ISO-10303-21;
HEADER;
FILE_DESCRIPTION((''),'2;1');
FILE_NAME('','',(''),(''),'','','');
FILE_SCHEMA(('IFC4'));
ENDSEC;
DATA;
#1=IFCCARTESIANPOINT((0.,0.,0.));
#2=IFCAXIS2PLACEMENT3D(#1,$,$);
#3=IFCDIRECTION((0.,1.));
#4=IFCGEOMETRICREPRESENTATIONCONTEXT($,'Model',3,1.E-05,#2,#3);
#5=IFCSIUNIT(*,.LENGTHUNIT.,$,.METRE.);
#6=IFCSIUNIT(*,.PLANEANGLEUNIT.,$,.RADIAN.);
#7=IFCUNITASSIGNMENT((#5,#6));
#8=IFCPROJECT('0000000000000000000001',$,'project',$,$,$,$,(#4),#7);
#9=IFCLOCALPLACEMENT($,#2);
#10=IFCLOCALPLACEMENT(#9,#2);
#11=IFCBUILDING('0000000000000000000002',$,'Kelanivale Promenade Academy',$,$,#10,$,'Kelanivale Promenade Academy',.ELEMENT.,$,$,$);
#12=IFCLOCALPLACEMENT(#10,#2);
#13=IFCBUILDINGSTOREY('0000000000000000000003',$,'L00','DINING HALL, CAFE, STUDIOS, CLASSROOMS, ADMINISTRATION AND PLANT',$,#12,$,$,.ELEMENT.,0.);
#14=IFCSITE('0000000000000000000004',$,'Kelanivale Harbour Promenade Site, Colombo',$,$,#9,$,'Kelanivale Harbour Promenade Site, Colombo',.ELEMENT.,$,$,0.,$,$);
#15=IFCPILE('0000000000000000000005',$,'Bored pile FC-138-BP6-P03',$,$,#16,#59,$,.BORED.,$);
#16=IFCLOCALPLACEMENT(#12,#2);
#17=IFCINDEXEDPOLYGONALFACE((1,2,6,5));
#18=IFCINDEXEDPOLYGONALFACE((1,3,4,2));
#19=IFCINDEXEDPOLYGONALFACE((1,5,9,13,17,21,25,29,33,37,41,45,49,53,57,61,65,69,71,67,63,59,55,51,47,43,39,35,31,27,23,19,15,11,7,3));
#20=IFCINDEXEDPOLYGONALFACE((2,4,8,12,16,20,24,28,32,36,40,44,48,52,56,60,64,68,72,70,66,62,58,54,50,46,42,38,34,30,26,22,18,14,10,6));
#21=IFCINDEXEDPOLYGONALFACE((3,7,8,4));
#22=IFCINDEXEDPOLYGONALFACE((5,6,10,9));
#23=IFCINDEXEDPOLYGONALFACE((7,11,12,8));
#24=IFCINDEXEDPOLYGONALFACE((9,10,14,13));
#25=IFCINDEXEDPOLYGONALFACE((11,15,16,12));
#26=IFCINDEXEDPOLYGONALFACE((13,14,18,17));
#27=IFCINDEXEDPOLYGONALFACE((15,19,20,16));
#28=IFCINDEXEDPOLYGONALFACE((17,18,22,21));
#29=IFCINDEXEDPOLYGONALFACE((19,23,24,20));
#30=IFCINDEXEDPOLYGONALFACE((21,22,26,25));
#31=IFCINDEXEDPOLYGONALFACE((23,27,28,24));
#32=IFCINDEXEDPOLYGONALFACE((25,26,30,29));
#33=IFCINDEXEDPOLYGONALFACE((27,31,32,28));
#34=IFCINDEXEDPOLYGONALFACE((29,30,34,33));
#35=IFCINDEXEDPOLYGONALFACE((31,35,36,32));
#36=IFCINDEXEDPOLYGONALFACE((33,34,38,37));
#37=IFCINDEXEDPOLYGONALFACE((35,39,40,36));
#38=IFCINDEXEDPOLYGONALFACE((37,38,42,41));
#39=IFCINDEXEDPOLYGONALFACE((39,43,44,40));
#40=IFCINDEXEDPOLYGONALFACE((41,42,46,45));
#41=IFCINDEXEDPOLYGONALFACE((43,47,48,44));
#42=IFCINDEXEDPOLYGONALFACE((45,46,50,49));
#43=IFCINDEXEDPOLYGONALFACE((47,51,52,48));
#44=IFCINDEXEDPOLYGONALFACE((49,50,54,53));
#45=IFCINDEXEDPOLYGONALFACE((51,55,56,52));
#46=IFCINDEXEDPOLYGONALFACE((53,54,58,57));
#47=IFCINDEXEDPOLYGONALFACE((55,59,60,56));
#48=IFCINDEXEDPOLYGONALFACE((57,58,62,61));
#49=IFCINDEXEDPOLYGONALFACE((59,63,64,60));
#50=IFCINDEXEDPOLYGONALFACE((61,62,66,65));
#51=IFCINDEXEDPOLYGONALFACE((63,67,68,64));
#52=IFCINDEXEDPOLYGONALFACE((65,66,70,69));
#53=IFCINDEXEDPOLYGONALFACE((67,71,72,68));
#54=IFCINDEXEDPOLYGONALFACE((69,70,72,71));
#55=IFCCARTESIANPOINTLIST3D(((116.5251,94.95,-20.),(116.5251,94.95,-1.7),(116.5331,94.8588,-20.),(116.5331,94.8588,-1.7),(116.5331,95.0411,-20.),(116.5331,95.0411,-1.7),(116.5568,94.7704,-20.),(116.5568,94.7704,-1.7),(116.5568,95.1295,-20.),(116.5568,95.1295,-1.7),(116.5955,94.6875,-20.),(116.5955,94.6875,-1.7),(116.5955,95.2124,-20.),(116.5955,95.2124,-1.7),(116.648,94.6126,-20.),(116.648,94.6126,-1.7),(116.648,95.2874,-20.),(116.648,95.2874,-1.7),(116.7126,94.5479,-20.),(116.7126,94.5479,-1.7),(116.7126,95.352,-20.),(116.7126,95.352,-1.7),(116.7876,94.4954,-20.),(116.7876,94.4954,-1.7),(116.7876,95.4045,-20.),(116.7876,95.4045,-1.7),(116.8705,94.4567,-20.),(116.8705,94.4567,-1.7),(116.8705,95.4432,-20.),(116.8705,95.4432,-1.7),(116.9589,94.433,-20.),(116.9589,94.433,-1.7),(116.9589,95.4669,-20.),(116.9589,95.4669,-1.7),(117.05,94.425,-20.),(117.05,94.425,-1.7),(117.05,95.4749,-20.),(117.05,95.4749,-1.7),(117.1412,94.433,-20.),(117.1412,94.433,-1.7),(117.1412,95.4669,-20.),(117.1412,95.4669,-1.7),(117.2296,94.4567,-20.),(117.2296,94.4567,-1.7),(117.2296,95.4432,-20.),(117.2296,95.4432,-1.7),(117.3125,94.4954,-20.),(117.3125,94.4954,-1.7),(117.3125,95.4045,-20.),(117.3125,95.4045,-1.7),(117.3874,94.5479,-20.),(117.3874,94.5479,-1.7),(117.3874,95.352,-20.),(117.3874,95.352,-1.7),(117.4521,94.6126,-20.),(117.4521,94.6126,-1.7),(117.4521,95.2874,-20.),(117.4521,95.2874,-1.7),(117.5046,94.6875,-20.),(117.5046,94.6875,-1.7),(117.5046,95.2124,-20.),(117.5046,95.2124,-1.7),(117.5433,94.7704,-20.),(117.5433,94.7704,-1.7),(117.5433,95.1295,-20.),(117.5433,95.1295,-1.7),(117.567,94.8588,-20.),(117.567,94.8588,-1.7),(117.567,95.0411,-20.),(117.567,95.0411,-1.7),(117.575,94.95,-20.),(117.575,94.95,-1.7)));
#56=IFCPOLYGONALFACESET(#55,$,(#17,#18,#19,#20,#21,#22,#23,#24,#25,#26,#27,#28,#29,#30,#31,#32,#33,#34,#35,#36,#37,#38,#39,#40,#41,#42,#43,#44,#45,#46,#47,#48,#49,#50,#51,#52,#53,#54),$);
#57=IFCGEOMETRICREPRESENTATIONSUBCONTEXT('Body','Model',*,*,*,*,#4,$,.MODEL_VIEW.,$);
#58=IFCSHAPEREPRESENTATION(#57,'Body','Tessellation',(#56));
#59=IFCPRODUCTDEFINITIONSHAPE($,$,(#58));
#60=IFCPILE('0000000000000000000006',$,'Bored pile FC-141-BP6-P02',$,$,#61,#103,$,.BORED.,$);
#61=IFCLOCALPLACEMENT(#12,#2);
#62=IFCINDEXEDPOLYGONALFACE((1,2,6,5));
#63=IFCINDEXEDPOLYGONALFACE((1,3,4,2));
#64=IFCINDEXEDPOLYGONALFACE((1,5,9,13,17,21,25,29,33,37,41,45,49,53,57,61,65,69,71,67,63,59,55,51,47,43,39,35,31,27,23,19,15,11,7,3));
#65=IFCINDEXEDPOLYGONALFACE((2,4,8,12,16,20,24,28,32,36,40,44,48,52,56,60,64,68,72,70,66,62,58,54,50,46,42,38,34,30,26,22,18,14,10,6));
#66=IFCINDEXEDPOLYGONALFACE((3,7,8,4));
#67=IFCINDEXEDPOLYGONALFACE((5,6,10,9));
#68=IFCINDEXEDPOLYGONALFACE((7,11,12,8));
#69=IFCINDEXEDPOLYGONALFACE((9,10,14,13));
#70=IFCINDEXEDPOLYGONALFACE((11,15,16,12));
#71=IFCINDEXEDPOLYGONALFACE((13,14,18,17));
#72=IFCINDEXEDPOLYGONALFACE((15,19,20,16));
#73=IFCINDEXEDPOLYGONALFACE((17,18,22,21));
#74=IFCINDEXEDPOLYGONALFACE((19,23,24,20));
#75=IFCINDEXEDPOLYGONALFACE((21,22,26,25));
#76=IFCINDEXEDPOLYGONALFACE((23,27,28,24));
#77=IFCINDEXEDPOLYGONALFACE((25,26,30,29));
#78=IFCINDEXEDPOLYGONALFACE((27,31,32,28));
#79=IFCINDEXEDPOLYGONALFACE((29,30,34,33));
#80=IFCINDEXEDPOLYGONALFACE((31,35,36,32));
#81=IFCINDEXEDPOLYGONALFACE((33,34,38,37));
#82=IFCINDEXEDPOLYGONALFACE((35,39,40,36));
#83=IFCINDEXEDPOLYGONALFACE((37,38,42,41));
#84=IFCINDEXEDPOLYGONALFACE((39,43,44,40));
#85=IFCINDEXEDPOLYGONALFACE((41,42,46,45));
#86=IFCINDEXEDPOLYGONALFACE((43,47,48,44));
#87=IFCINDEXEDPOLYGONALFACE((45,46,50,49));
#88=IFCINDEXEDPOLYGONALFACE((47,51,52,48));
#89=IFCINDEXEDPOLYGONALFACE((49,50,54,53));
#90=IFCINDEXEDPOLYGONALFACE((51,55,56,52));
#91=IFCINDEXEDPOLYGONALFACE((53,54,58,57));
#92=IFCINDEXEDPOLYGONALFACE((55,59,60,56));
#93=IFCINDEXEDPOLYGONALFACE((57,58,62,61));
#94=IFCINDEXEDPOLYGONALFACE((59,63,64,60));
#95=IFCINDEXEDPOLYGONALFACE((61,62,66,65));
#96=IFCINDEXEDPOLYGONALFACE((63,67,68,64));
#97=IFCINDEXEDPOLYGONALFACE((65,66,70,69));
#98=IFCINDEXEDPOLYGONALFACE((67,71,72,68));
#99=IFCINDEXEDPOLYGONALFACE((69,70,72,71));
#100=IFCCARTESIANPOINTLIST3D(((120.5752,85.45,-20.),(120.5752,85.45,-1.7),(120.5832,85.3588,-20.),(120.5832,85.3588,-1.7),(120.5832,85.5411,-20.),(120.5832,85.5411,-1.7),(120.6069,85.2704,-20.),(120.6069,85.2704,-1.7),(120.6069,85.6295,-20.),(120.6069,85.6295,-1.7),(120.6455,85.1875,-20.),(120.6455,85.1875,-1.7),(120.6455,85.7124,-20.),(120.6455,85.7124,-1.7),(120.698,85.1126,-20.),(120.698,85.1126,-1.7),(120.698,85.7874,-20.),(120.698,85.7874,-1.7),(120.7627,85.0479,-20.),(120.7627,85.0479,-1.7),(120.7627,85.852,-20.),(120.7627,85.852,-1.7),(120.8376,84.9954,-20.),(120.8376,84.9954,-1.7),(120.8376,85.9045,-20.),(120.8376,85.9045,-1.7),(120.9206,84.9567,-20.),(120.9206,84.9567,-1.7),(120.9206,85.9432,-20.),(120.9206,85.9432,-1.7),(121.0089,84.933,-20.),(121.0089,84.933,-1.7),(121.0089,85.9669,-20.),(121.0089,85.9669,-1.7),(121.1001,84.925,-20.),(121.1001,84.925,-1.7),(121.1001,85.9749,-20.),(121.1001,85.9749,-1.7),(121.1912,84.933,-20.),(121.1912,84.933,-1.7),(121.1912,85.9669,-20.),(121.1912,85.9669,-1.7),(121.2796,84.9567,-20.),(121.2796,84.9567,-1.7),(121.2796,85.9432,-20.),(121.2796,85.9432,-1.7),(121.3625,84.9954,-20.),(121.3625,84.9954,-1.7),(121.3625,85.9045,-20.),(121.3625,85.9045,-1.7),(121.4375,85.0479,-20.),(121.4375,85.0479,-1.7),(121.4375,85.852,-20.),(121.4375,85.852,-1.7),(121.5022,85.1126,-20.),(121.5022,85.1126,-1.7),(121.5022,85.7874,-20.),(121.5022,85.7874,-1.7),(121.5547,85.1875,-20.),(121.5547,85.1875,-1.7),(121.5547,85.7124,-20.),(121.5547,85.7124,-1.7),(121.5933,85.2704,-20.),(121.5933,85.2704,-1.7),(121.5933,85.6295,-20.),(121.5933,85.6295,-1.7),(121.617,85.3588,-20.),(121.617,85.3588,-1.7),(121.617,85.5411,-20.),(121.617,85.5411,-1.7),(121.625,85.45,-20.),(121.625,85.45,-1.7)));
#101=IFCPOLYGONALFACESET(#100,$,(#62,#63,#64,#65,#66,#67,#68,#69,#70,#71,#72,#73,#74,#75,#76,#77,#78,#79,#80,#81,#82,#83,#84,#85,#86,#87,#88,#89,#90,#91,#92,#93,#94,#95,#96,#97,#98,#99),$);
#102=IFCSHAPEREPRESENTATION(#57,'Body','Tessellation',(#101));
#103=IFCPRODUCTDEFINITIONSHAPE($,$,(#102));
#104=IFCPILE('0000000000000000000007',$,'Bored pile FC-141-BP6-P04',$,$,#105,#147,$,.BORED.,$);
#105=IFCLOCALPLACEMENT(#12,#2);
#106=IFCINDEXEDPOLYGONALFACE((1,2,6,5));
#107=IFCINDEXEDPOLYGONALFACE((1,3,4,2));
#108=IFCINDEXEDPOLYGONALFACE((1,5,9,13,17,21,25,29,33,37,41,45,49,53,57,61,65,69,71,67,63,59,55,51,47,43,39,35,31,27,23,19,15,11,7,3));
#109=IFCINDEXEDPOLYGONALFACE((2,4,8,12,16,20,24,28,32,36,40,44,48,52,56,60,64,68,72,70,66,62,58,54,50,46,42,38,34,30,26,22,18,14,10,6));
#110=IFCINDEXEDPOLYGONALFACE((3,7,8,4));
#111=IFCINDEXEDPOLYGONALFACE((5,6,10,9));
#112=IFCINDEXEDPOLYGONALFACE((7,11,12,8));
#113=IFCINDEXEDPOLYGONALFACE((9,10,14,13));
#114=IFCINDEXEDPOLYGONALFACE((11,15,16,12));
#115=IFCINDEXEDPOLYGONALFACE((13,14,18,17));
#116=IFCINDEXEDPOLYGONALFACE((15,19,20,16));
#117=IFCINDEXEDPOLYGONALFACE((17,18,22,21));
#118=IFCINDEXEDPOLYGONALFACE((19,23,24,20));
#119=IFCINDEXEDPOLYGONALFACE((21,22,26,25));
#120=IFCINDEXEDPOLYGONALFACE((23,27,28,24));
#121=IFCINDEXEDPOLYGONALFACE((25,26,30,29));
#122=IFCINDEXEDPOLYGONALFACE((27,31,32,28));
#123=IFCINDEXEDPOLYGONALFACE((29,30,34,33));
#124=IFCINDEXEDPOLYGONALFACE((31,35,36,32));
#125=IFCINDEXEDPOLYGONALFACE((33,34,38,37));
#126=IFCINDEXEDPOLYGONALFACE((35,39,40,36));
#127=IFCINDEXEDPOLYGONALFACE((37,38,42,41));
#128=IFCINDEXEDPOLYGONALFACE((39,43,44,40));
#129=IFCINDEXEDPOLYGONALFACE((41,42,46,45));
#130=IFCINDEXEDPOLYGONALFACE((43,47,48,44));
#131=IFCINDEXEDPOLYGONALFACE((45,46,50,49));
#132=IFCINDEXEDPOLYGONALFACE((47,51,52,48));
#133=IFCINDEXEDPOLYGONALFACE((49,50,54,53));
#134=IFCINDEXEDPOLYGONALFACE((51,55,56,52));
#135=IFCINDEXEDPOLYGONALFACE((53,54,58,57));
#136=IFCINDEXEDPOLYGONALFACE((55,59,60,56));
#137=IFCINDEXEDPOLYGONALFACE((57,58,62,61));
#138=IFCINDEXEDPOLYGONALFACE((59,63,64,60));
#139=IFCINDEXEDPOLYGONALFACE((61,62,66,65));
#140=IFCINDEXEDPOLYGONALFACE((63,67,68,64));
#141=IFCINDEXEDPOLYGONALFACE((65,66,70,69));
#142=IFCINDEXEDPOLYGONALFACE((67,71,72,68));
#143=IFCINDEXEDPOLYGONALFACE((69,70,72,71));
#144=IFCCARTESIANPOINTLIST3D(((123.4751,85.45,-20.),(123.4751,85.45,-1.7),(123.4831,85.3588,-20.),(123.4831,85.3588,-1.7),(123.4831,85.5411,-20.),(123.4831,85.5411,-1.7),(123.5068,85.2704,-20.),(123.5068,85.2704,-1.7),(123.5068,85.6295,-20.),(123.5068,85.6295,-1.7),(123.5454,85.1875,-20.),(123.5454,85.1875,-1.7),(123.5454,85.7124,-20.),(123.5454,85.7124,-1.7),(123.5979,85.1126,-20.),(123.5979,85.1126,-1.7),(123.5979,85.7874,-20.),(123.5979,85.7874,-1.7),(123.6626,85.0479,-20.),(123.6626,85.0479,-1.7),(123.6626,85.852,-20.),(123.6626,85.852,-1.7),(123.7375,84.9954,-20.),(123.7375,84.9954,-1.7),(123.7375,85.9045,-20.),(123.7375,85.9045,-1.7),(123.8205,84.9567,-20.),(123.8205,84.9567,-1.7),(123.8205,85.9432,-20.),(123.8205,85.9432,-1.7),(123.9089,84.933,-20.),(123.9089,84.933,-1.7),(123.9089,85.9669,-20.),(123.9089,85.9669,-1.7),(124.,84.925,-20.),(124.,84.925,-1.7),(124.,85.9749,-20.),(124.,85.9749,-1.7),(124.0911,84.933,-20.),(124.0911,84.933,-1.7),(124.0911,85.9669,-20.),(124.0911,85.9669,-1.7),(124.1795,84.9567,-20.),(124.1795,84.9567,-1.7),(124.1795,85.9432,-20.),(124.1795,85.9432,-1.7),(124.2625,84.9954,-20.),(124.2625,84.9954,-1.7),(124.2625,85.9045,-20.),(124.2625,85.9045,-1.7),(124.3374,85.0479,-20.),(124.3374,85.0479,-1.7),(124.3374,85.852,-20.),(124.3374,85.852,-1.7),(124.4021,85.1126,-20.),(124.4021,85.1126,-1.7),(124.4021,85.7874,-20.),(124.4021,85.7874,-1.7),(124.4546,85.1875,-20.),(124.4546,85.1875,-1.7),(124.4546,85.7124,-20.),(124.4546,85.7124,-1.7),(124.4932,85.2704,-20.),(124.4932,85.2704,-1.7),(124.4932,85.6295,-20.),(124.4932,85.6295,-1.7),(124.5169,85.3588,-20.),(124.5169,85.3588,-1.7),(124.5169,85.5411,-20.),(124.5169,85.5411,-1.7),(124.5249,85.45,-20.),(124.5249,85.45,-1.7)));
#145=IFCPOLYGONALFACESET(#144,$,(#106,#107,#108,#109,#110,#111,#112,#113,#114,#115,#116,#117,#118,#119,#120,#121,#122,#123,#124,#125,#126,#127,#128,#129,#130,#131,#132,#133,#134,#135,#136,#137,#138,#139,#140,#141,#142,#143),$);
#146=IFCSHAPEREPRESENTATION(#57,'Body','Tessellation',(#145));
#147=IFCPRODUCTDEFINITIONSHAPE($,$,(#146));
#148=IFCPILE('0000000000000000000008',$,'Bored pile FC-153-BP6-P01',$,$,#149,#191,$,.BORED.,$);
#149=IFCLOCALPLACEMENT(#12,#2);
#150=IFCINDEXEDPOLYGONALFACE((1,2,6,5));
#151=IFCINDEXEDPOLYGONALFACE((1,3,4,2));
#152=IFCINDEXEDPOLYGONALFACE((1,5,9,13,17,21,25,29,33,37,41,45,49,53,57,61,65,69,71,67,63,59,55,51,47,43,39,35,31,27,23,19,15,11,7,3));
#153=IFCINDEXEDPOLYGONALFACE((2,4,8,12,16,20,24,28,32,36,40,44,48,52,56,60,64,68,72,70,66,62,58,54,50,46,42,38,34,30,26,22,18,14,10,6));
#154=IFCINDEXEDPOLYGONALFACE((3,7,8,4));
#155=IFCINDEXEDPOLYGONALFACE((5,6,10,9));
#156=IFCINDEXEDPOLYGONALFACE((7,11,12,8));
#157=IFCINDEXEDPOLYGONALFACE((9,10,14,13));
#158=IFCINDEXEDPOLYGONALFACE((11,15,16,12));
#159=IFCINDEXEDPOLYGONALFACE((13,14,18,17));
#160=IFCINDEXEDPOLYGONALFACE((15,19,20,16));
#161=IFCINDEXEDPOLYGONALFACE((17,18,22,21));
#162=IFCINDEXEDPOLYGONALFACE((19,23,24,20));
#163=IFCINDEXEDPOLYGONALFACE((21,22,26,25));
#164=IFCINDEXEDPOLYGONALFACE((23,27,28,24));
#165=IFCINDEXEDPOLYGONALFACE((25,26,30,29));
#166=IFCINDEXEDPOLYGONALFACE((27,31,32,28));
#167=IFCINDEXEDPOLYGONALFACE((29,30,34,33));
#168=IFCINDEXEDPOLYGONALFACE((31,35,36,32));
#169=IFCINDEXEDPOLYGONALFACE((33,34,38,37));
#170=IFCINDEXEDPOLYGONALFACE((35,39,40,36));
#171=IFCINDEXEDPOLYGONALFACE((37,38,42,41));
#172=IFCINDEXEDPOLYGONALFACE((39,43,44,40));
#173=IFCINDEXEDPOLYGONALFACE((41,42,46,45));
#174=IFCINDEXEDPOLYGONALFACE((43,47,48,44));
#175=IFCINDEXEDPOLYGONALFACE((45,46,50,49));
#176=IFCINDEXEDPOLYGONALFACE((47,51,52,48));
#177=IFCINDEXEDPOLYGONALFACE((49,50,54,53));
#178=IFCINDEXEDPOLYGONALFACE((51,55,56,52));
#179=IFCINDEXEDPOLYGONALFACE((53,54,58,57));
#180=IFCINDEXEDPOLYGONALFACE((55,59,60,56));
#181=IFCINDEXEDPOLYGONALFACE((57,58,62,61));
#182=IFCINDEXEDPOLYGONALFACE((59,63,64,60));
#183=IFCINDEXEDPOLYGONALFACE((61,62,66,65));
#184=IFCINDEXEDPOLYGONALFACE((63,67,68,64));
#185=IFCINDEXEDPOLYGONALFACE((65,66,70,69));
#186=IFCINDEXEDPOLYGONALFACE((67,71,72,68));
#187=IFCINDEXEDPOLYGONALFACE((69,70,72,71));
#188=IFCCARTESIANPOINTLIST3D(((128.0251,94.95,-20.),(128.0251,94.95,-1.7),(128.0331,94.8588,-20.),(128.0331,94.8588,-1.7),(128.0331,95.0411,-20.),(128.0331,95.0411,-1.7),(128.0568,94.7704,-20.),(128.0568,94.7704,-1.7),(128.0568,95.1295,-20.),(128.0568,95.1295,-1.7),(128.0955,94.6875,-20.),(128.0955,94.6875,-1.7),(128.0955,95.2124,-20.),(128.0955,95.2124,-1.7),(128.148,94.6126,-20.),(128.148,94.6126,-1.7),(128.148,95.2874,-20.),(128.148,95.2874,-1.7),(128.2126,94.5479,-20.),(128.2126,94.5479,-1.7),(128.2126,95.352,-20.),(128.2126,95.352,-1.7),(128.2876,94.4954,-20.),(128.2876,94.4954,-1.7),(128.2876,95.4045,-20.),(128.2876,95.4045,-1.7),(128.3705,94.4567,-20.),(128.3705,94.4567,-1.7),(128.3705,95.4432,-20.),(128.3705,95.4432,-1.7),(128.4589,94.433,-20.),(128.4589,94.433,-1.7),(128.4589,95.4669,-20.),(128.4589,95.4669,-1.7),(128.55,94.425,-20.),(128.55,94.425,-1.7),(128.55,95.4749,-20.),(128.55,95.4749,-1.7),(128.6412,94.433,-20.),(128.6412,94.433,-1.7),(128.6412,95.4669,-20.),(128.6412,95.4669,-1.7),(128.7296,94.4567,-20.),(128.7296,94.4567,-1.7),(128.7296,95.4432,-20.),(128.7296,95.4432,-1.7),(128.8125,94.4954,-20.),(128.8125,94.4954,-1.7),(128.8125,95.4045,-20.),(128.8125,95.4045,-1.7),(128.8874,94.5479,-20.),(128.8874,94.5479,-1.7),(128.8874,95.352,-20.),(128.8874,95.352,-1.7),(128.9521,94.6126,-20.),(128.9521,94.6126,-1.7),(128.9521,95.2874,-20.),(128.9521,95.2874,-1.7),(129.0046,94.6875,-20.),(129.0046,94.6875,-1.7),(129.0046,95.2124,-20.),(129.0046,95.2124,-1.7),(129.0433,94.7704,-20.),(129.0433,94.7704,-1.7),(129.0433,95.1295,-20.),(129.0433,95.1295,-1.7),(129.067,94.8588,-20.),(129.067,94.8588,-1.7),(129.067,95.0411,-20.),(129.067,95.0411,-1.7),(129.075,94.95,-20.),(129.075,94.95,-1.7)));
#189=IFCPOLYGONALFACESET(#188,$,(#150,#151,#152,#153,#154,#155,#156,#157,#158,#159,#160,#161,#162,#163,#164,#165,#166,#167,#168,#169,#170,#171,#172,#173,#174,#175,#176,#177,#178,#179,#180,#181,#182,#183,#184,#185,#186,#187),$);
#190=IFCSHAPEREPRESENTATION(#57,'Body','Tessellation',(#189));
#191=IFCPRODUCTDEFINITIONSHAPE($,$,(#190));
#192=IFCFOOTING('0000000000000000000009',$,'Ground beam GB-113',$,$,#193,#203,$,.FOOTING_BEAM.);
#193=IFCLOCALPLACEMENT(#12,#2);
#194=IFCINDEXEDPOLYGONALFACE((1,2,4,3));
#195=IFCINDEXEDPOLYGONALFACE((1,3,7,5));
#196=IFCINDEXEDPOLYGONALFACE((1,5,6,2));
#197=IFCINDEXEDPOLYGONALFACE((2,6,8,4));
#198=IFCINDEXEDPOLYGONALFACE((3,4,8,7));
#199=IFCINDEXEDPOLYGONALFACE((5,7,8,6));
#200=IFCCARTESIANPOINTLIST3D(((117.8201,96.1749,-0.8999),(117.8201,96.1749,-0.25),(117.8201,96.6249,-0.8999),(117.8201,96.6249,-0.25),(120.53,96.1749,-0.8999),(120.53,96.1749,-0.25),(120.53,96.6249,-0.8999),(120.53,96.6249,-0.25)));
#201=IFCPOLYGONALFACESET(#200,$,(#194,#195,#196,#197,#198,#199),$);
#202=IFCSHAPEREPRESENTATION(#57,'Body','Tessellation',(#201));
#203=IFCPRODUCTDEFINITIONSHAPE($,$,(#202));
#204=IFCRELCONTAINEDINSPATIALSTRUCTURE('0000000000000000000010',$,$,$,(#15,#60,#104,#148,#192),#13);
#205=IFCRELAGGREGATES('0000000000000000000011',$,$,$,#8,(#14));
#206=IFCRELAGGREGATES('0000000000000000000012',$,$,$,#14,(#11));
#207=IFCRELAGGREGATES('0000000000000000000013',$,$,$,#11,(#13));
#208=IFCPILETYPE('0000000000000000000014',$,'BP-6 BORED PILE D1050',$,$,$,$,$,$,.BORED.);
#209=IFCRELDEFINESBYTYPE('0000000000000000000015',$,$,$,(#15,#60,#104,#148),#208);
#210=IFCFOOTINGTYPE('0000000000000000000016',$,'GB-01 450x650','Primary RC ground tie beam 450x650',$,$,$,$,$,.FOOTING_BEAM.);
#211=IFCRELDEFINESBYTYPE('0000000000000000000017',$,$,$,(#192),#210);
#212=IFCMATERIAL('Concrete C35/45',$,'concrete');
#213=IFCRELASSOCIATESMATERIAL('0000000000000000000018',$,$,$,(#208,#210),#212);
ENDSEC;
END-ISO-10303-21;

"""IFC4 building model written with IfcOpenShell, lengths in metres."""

from ifc_helpers import new_model, si_unit, direction, frame, origin, origin_2d, place, context, subcontext, project, spatial, rectangle, circle, extrude, material, material_profile, profile_set, type_object, element, save


model = new_model("IFC4")

# Units and contexts
model_context = context("Model", 3, precision=1e-05, world=origin(), true_north=direction((0.0, 1.0)))
body_context = subcontext(model_context, "Body", "Model", "MODEL_VIEW")
ifc_project = project(units=[si_unit("LENGTHUNIT", "METRE"), si_unit("PLANEANGLEUNIT", "RADIAN")], contexts=[model_context])

# Site, building, storey
site_placement = place(None, origin())
site = spatial("IfcSite", under=ifc_project, at=site_placement, Name="Kelanivale Harbour Promenade Site, Colombo", LongName="Kelanivale Harbour Promenade Site, Colombo", CompositionType="ELEMENT", RefElevation=0.0)
building_placement = place(site_placement, origin())
building = spatial("IfcBuilding", under=site, at=building_placement, Name="Kelanivale Promenade Academy", LongName="Kelanivale Promenade Academy", CompositionType="ELEMENT")
storey_placement = place(building_placement, origin())
storey = spatial("IfcBuildingStorey", under=building, at=storey_placement, Name="L00", Description="DINING HALL, CAFE, STUDIOS, CLASSROOMS, ADMINISTRATION AND PLANT", CompositionType="ELEMENT", Elevation=0.0)

# Piles
ifc_material_1 = material(Name="Concrete C35/45", Category="concrete")
ifc_material_profile_1 = material_profile(ifc_material_1, circle(Radius=0.5249, at=origin_2d()), Name="BORED PILE D1050")
ifc_profile_set_1 = profile_set([ifc_material_profile_1], Name="Concrete C35/45")
pile_type_1 = type_object("IfcPileType", Name="BP-6 BORED PILE D1050", PredefinedType="BORED", material=ifc_profile_set_1)
for number, where, z_axis, x_axis, name in (
    (1, (117.05, 94.95, -1.7), (0.0, 0.0, -1.0), (1.0, 0.0, 0.0), "Bored pile FC-138-BP6-P03"),
    (2, (121.1001, 85.45, -1.7), (0.0, 0.0, -1.0), (1.0, 0.0, 0.0), "Bored pile FC-141-BP6-P02"),
    (3, (124.0, 85.45, -1.7), (0.0, 0.0, -1.0), (1.0, 0.0, 0.0), "Bored pile FC-141-BP6-P04"),
    (4, (128.55, 94.95, -1.7), (0.0, 0.0, -1.0), (1.0, 0.0, 0.0), "Bored pile FC-153-BP6-P01"),
):
    element("IfcPile", number, at=place(storey_placement, frame(where, z_axis=z_axis, x_axis=x_axis)), inside=storey, type_object=pile_type_1, Name=name, PredefinedType="BORED", context=body_context, shape_type="SweptSolid", body=[
        extrude(circle(Radius=0.5249, at=origin_2d()), origin(), (0.0, 0.0, 1.0), 18.3),
    ])

# Footing
footing_type_1 = type_object("IfcFootingType", Name="GB-01 450x650", Description="Primary RC ground tie beam 450x650", PredefinedType="FOOTING_BEAM", material=ifc_material_1)
footing_1_placement = place(storey_placement, frame((119.175, 96.3999, -0.8999), z_axis=(0.0, 0.0, 1.0), x_axis=(1.0, 0.0, 0.0)))
element("IfcFooting", 5, at=footing_1_placement, inside=storey, type_object=footing_type_1, Name="Ground beam GB-113", PredefinedType="FOOTING_BEAM", context=body_context, shape_type="SweptSolid", body=[
    extrude(rectangle(XDim=2.71, YDim=0.45, at=origin_2d()), origin(), (0.0, 0.0, 1.0), 0.6499),
])

save(model, "model.ifc")
